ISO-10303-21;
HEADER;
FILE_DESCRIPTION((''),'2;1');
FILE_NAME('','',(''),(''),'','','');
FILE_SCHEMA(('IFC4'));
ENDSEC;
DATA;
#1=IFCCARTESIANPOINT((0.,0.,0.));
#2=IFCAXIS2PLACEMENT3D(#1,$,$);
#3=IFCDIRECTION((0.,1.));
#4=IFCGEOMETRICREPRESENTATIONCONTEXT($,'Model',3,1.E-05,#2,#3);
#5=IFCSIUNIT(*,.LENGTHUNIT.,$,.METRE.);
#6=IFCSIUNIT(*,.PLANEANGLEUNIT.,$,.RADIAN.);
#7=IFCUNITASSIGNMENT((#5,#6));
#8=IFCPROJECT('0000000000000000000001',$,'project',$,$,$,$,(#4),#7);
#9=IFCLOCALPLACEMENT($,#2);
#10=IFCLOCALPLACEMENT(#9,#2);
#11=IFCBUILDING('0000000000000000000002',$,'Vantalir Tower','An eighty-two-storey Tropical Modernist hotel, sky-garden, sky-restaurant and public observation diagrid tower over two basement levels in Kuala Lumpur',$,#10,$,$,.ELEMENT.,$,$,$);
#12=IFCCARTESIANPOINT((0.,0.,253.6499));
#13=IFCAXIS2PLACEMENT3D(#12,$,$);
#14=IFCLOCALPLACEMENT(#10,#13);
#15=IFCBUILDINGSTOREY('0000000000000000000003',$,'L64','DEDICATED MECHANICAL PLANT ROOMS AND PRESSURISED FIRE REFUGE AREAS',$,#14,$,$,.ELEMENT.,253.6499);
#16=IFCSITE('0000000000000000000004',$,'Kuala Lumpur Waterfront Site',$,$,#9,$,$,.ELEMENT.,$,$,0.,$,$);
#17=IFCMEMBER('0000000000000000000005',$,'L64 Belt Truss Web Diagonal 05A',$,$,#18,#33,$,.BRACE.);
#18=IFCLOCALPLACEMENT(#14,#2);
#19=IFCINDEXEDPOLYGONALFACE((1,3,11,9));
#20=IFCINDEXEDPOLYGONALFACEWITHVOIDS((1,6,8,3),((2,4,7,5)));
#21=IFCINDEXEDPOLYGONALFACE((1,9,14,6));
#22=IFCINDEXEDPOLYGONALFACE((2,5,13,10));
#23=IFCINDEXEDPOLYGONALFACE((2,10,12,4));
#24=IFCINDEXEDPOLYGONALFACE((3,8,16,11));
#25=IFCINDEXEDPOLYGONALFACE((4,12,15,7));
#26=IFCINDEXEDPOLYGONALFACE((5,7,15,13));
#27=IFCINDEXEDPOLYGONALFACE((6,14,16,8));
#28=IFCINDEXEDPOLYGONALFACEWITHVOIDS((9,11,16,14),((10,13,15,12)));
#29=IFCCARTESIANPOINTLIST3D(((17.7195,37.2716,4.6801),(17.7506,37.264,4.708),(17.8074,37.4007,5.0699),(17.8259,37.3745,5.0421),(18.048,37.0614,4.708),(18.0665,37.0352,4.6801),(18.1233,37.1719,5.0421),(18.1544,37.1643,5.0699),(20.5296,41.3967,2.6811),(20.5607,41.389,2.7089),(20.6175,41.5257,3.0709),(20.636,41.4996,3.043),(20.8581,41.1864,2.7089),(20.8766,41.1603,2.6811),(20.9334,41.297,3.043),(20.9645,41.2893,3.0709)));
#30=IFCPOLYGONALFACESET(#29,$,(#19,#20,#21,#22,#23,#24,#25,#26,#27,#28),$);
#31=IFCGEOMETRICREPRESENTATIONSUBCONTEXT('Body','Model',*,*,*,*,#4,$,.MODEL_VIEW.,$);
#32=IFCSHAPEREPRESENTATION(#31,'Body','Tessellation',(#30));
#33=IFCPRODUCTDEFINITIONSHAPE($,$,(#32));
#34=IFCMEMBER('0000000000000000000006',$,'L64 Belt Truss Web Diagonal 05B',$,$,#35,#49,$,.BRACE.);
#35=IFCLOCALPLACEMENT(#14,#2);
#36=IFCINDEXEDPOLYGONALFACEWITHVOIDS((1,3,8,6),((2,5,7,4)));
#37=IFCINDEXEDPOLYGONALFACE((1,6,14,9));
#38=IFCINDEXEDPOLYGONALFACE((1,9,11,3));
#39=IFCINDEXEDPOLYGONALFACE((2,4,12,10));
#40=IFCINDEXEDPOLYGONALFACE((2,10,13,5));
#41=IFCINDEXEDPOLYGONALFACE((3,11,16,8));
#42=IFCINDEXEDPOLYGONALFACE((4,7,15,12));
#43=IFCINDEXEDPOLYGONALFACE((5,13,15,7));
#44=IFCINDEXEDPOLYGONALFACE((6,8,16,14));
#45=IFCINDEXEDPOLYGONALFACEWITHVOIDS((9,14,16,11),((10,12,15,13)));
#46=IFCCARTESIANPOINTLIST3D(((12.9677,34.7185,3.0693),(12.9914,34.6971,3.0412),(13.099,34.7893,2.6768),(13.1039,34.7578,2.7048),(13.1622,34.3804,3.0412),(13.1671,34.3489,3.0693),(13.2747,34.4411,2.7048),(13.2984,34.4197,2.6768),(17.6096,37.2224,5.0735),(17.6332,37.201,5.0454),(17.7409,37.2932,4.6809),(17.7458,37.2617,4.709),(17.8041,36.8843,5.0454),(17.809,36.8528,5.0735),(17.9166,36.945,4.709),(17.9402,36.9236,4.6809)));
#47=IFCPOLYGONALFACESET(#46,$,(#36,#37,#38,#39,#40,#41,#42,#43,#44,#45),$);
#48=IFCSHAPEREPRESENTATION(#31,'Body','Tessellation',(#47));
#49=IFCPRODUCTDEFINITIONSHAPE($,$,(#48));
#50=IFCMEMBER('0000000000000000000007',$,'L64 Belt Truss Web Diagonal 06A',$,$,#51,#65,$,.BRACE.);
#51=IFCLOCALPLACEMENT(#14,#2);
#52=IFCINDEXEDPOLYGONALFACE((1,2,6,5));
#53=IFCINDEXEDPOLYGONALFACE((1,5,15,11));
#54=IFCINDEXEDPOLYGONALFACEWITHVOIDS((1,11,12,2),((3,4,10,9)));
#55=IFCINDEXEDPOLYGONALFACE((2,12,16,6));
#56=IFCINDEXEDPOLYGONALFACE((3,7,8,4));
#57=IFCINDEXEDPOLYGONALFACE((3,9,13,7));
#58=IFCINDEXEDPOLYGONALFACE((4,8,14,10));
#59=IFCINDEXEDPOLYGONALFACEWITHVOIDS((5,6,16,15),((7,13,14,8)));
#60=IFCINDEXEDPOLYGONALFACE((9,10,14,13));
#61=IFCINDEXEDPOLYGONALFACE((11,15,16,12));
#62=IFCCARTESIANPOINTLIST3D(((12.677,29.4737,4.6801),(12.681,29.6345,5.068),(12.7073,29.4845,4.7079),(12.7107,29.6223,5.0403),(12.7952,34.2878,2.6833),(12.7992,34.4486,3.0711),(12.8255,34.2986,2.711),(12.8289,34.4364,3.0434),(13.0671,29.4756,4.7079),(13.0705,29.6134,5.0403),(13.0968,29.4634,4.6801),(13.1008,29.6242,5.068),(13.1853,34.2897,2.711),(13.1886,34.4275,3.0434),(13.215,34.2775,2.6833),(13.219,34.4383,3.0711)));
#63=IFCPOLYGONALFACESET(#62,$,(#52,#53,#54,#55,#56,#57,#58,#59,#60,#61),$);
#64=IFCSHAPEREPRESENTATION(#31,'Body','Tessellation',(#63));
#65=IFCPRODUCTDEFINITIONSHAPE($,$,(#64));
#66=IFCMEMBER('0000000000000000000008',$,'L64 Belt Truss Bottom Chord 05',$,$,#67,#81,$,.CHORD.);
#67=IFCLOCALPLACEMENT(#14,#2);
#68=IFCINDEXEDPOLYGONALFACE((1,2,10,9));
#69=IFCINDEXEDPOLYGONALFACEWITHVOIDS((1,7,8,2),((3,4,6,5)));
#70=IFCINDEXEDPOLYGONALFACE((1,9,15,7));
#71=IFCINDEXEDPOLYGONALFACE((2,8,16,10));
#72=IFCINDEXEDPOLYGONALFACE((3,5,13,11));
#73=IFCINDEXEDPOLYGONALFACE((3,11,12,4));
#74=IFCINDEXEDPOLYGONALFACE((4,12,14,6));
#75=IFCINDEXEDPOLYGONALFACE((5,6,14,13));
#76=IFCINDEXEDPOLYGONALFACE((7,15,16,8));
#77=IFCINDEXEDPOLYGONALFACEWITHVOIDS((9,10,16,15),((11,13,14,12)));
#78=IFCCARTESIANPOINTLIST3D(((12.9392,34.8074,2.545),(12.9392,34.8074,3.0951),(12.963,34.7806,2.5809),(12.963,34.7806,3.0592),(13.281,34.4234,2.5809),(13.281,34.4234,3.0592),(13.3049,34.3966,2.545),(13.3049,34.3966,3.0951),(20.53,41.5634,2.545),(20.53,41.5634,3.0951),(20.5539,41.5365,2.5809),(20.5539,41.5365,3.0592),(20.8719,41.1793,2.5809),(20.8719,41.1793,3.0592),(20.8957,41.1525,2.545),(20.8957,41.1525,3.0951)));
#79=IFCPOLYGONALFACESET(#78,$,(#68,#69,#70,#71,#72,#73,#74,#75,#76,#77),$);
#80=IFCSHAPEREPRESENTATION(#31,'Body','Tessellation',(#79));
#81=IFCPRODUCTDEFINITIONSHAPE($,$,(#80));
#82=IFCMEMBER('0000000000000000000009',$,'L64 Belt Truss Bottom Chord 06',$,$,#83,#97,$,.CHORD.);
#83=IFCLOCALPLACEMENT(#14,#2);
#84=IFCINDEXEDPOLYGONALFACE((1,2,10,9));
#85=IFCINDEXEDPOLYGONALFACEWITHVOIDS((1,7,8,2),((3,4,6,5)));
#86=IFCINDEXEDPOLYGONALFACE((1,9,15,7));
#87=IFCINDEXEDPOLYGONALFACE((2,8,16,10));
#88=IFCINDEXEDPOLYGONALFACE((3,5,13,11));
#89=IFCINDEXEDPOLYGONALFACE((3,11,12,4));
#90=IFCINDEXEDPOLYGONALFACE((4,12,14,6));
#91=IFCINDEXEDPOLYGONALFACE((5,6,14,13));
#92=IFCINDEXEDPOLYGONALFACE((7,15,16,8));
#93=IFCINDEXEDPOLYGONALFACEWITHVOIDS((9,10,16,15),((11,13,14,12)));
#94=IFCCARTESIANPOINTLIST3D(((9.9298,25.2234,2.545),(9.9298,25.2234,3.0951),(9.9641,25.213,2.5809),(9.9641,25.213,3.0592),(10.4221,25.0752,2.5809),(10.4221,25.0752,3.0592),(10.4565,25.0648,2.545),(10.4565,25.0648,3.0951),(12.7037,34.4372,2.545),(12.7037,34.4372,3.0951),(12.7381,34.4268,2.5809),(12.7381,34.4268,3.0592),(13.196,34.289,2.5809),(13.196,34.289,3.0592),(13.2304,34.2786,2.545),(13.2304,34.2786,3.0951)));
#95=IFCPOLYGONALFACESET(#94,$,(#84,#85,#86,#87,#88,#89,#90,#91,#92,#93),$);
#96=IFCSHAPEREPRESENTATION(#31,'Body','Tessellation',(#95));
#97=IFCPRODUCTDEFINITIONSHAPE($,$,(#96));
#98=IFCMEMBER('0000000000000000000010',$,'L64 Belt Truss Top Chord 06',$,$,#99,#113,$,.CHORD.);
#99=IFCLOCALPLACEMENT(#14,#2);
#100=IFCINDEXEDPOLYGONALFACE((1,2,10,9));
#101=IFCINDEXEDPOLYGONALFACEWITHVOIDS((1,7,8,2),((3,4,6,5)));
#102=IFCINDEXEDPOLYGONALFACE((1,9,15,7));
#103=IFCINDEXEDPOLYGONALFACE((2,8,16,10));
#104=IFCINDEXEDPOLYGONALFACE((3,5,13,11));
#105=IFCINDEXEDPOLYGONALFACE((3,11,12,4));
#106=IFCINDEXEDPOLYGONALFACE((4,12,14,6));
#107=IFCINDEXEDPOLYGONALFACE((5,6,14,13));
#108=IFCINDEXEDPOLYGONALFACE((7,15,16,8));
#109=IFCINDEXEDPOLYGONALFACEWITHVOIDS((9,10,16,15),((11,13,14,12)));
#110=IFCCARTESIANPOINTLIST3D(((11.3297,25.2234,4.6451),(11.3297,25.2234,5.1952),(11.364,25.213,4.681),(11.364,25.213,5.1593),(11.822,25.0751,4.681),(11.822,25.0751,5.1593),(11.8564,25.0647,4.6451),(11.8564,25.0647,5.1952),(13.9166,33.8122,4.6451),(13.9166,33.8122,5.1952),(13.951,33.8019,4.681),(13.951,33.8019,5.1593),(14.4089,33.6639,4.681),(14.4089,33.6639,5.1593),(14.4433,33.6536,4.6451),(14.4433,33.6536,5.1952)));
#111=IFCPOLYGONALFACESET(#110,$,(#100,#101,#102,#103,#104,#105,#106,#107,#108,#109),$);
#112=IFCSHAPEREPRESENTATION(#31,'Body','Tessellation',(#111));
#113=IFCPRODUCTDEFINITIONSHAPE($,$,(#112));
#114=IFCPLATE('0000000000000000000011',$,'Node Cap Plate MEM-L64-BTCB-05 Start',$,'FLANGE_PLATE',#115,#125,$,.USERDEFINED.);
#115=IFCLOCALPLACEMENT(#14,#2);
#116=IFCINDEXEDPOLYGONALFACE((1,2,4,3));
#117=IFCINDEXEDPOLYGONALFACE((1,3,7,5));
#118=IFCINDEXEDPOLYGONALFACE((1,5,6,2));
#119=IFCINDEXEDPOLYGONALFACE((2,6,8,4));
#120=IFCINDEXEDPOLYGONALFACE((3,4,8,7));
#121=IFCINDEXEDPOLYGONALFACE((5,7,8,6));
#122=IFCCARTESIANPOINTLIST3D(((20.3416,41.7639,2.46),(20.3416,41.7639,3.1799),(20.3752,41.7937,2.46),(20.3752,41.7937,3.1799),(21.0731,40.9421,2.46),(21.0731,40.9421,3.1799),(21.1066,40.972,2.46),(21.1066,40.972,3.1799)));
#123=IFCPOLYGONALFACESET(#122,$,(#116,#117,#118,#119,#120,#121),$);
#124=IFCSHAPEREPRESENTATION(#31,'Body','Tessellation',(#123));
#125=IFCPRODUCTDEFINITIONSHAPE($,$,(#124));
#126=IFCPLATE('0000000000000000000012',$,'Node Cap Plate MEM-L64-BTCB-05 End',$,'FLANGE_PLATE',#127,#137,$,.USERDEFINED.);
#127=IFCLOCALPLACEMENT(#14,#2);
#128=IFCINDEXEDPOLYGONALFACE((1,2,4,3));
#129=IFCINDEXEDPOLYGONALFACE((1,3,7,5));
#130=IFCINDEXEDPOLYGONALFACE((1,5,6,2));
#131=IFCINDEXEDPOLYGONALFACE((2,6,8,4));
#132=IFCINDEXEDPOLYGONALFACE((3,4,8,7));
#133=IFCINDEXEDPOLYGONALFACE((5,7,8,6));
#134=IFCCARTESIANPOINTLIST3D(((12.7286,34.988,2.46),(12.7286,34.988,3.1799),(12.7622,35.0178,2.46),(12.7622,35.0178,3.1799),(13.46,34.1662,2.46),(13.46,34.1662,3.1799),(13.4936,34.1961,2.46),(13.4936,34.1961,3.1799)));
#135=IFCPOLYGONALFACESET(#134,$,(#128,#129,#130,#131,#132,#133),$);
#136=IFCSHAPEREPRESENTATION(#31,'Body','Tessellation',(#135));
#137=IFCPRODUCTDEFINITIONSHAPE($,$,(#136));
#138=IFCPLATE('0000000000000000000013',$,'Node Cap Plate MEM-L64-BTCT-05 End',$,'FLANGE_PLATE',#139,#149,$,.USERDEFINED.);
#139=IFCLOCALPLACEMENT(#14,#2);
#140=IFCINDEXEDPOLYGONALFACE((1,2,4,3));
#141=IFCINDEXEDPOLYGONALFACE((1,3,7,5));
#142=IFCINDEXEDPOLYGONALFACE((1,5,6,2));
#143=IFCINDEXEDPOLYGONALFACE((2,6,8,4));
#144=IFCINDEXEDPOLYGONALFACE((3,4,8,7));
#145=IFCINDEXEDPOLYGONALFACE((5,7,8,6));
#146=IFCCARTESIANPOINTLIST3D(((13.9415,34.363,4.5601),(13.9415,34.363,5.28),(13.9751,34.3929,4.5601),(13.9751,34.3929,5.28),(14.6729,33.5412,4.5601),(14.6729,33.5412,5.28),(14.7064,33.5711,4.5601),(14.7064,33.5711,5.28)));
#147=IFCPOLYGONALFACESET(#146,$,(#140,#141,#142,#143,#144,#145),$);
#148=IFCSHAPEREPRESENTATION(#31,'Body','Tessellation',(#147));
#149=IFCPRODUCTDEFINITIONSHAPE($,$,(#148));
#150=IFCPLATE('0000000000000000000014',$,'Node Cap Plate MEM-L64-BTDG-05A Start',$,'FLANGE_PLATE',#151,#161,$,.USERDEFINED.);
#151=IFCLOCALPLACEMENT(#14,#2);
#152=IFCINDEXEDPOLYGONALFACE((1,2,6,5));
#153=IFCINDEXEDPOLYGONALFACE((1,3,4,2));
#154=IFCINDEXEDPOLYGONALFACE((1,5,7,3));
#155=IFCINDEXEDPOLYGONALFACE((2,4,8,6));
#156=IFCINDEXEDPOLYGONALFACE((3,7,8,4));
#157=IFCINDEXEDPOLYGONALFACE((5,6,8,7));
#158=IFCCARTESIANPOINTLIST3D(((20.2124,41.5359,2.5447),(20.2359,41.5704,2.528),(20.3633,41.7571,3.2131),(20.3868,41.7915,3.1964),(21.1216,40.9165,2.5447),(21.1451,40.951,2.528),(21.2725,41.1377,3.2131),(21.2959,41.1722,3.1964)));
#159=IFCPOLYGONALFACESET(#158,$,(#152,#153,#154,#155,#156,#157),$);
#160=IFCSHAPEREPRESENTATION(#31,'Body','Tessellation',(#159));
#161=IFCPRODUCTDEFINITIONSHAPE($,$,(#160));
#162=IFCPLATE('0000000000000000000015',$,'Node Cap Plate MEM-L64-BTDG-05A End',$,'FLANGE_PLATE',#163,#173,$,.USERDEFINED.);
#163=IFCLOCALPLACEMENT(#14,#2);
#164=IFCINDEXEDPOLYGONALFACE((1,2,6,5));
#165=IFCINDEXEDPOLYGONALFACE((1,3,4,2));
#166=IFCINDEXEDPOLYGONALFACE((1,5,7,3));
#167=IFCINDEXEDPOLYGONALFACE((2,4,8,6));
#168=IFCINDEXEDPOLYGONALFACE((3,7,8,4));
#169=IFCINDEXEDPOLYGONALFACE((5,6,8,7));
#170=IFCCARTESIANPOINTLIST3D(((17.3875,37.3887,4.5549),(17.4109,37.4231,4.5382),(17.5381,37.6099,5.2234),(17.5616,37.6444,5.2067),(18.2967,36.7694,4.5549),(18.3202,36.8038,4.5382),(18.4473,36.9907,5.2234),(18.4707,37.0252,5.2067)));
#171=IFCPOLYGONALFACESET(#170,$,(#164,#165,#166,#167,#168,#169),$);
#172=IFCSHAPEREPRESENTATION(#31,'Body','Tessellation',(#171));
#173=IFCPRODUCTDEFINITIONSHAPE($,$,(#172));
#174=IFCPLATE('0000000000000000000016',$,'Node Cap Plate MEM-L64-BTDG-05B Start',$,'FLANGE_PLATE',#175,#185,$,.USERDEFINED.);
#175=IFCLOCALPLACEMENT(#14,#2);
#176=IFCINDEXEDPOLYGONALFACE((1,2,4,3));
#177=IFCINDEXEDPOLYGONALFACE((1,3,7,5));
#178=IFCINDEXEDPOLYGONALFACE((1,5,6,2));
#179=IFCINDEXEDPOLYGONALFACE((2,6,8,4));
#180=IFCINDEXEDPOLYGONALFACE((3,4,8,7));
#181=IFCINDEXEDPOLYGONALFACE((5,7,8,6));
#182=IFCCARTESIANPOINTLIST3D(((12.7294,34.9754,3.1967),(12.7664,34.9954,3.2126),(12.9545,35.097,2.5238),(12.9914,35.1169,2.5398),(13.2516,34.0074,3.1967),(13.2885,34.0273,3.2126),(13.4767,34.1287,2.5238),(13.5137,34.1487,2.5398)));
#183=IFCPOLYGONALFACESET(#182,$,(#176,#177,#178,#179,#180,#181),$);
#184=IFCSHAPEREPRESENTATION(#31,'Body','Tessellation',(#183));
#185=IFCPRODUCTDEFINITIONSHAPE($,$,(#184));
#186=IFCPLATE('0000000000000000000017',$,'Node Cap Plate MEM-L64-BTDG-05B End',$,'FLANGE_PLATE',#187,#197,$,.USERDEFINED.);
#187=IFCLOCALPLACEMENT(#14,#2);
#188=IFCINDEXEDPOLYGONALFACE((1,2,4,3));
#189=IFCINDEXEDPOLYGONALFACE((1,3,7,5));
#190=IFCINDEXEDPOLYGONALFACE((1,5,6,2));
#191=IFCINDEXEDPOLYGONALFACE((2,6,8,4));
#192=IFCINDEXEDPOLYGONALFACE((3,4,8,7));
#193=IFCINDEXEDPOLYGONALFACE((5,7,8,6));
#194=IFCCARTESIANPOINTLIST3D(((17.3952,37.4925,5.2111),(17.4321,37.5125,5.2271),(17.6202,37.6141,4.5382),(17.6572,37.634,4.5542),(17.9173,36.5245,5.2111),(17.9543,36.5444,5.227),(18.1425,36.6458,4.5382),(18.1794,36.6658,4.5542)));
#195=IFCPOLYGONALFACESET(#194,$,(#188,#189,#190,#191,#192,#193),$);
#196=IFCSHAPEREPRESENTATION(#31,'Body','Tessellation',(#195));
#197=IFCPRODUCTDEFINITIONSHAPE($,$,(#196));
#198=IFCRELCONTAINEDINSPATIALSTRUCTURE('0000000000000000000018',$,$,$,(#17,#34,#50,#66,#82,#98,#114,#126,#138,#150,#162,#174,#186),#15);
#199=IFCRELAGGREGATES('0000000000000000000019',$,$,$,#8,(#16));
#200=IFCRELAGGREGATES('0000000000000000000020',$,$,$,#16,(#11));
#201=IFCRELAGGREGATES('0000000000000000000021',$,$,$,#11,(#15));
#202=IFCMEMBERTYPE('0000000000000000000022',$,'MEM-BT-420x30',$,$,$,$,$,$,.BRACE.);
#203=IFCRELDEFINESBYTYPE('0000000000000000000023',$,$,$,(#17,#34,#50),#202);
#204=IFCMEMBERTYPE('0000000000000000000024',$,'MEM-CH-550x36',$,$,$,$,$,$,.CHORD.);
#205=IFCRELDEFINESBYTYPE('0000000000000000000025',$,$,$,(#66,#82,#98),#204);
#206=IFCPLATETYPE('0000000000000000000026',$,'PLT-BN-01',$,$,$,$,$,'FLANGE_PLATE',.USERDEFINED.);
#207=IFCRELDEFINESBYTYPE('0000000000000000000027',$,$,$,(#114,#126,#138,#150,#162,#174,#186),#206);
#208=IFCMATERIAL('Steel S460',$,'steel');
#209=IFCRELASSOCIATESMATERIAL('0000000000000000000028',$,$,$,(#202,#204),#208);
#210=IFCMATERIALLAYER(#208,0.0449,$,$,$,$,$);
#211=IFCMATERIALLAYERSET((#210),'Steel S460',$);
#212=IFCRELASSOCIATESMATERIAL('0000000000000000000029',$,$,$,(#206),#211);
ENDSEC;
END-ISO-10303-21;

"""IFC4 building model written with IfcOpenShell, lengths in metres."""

from ifc_helpers import new_model, si_unit, direction, frame, origin, origin_2d, place, context, subcontext, project, spatial, polyline, rectangle, hollow_rectangle, outline, extrude, material, layer, layer_set, material_profile, profile_set, type_object, element, save


model = new_model("IFC4")

# Units and contexts
model_context = context("Model", 3, precision=1e-05, world=origin(), true_north=direction((0.0, 1.0)))
body_context = subcontext(model_context, "Body", "Model", "MODEL_VIEW")
ifc_project = project(units=[si_unit("LENGTHUNIT", "METRE"), si_unit("PLANEANGLEUNIT", "RADIAN")], contexts=[model_context])

# Site, building, storey
site_placement = place(None, origin())
site = spatial("IfcSite", under=ifc_project, at=site_placement, Name="Kuala Lumpur Waterfront Site", CompositionType="ELEMENT", RefElevation=0.0)
building_placement = place(site_placement, origin())
building = spatial("IfcBuilding", under=site, at=building_placement, Name="Vantalir Tower", Description="An eighty-two-storey Tropical Modernist hotel, sky-garden, sky-restaurant and public observation diagrid tower over two basement levels in Kuala Lumpur", CompositionType="ELEMENT")
storey_placement = place(building_placement, frame((0.0, 0.0, 253.6499)))
storey = spatial("IfcBuildingStorey", under=building, at=storey_placement, Name="L64", Description="DEDICATED MECHANICAL PLANT ROOMS AND PRESSURISED FIRE REFUGE AREAS", CompositionType="ELEMENT", Elevation=253.6499)

# Shared definitions
ifc_material_1 = material(Name="Steel S460", Category="steel")

# Members
ifc_material_profile_1 = material_profile(ifc_material_1, hollow_rectangle(XDim=0.4199, YDim=0.4199, WallThickness=0.03, at=origin_2d()), Name="Steel S460")
ifc_profile_set_1 = profile_set([ifc_material_profile_1], Name="Steel S460")
member_type_1 = type_object("IfcMemberType", Name="MEM-BT-420x30", PredefinedType="BRACE", material=ifc_profile_set_1)
member_1_placement = place(storey_placement, frame((20.7471, 41.343, 2.876), z_axis=(-0.522643, -0.767209, 0.371799), x_axis=(0.826455, -0.563003, 0.0)))
element("IfcMember", 1, at=member_1_placement, inside=storey, type_object=member_type_1, Name="L64 Belt Truss Web Diagonal 05A", PredefinedType="BRACE", context=body_context, shape_type="SweptSolid", body=[
    extrude(hollow_rectangle(XDim=0.4199, YDim=0.4199, WallThickness=0.03, at=origin_2d()), origin(), (0.0, 0.0, 1.0), 5.3767),
])
member_2_placement = place(storey_placement, frame((13.1331, 34.5691, 2.873), z_axis=(0.822721, 0.443793, 0.355216), x_axis=(-0.474754, 0.880119, 0.0)))
element("IfcMember", 2, at=member_2_placement, inside=storey, type_object=member_type_1, Name="L64 Belt Truss Web Diagonal 05B", PredefinedType="BRACE", context=body_context, shape_type="SweptSolid", body=[
    extrude(hollow_rectangle(XDim=0.4199, YDim=0.4199, WallThickness=0.03, at=origin_2d()), origin(), (0.0, 0.0, 1.0), 5.6421),
])
member_3_placement = place(storey_placement, frame((13.0071, 34.363, 2.8772), z_axis=(-0.022667, -0.923451, 0.383046), x_axis=(0.999699, -0.024539, 0.0)))
element("IfcMember", 3, at=member_3_placement, inside=storey, type_object=member_type_1, Name="L64 Belt Truss Web Diagonal 06A", PredefinedType="BRACE", context=body_context, shape_type="SweptSolid", body=[
    extrude(hollow_rectangle(XDim=0.4199, YDim=0.4199, WallThickness=0.03, at=origin_2d()), origin(), (0.0, 0.0, 1.0), 5.2131),
])
ifc_material_profile_2 = material_profile(ifc_material_1, hollow_rectangle(XDim=0.55, YDim=0.55, WallThickness=0.0359, at=origin_2d()), Name="Steel S460")
ifc_profile_set_2 = profile_set([ifc_material_profile_2], Name="Steel S460")
member_type_2 = type_object("IfcMemberType", Name="MEM-CH-550x36", PredefinedType="CHORD", material=ifc_profile_set_2)
member_4_placement = place(storey_placement, frame((20.7129, 41.3579, 2.8201), z_axis=(-0.746996, -0.664829, 0.0), x_axis=(0.664829, -0.746996, 0.0)))
element("IfcMember", 4, at=member_4_placement, inside=storey, type_object=member_type_2, Name="L64 Belt Truss Bottom Chord 05", PredefinedType="CHORD", context=body_context, shape_type="SweptSolid", body=[
    extrude(hollow_rectangle(XDim=0.55, YDim=0.55, WallThickness=0.0359, at=origin_2d()), origin(), (0.0, 0.0, 1.0), 10.1619),
])
member_5_placement = place(storey_placement, frame((12.967, 34.3579, 2.8201), z_axis=(-0.288279, -0.957547, 0.0), x_axis=(0.957547, -0.288279, 0.0)))
element("IfcMember", 5, at=member_5_placement, inside=storey, type_object=member_type_2, Name="L64 Belt Truss Bottom Chord 06", PredefinedType="CHORD", context=body_context, shape_type="SweptSolid", body=[
    extrude(hollow_rectangle(XDim=0.55, YDim=0.55, WallThickness=0.0359, at=origin_2d()), origin(), (0.0, 0.0, 1.0), 9.6223),
])
member_6_placement = place(storey_placement, frame((14.1799, 33.7329, 4.9202), z_axis=(-0.288396, -0.957511, 0.0), x_axis=(0.957511, -0.288396, 0.0)))
element("IfcMember", 6, at=member_6_placement, inside=storey, type_object=member_type_2, Name="L64 Belt Truss Top Chord 06", PredefinedType="CHORD", context=body_context, shape_type="SweptSolid", body=[
    extrude(hollow_rectangle(XDim=0.55, YDim=0.55, WallThickness=0.0359, at=origin_2d()), origin(), (0.0, 0.0, 1.0), 8.97),
])

# Plates
ifc_layer_1 = layer(ifc_material_1, 0.0449)
ifc_layer_set_1 = layer_set([ifc_layer_1], Name="Steel S460")
plate_type_1 = type_object("IfcPlateType", Name="PLT-BN-01", ElementType="FLANGE_PLATE", PredefinedType="USERDEFINED", material=ifc_layer_set_1)
for number, where, z_axis, x_axis, name in (
    (7, (20.7241, 41.3679, 2.46), (0.0, 0.0, 1.0), (-0.746963, -0.664865, 0.0), "Node Cap Plate MEM-L64-BTCB-05 Start"),
    (8, (13.1111, 34.592, 2.46), (0.0, 0.0, 1.0), (-0.746963, -0.664865, 0.0), "Node Cap Plate MEM-L64-BTCB-05 End"),
    (9, (14.324, 33.967, 4.5601), (0.0, 0.0, 1.0), (-0.747033, -0.664787, 0.0), "Node Cap Plate MEM-L64-BTCT-05 End"),
):
    element("IfcPlate", number, at=place(storey_placement, frame(where, z_axis=z_axis, x_axis=x_axis)), inside=storey, type_object=plate_type_1, Name=name, ObjectType="FLANGE_PLATE", PredefinedType="USERDEFINED", context=body_context, shape_type="SweptSolid", body=[
        extrude(rectangle(XDim=0.0449, YDim=1.1001, at=origin_2d()), origin(), (0.0, 0.0, 1.0), 0.72),
    ])
plate_1_placement = place(storey_placement, frame((20.2124, 41.5359, 2.5447), z_axis=(-0.522652, -0.767188, 0.37183), x_axis=(0.826443, -0.56302, 0.0)))
element("IfcPlate", 10, at=plate_1_placement, inside=storey, type_object=plate_type_1, Name="Node Cap Plate MEM-L64-BTDG-05A Start", ObjectType="FLANGE_PLATE", PredefinedType="USERDEFINED", context=body_context, shape_type="SweptSolid", body=[
    extrude(outline(polyline([(0.0, 0.0), (1.1001, 0.0), (1.1003, 0.7201), (0.0002, 0.7201), (0.0, 0.0)])), origin(), (0.0, 0.0, -1.0), 0.0449),
])
plate_2_placement = place(storey_placement, frame((17.3875, 37.3887, 4.5549), z_axis=(-0.522591, -0.76725, 0.371786), x_axis=(0.826488, -0.562955, -0.000032)))
element("IfcPlate", 11, at=plate_2_placement, inside=storey, type_object=plate_type_1, Name="Node Cap Plate MEM-L64-BTDG-05A End", ObjectType="FLANGE_PLATE", PredefinedType="USERDEFINED", context=body_context, shape_type="SweptSolid", body=[
    extrude(outline(polyline([(0.0, 0.0), (1.1001, 0.0), (1.0999, 0.7201), (0.0, 0.72), (0.0, 0.0)])), origin(), (0.0, 0.0, -1.0), 0.0449),
])
for number, where, z_axis, x_axis, name in (
    (12, (13.5137, 34.1487, 2.5398), (0.822689, 0.44376, 0.35533), (-0.474736, 0.880128, -0.000017), "Node Cap Plate MEM-L64-BTDG-05B Start"),
    (13, (18.1794, 36.6658, 4.5542), (0.822689, 0.44376, 0.35533), (-0.474736, 0.880128, -0.000017), "Node Cap Plate MEM-L64-BTDG-05B End"),
):
    element("IfcPlate", number, at=place(storey_placement, frame(where, z_axis=z_axis, x_axis=x_axis)), inside=storey, type_object=plate_type_1, Name=name, ObjectType="FLANGE_PLATE", PredefinedType="USERDEFINED", context=body_context, shape_type="SweptSolid", body=[
        extrude(outline(polyline([(0.0, 0.0), (1.1001, 0.0), (1.1, 0.7198), (0.0001, 0.7198), (0.0, 0.0)])), origin(), (0.0, 0.0, -1.0), 0.0449),
    ])

save(model, "model.ifc")
